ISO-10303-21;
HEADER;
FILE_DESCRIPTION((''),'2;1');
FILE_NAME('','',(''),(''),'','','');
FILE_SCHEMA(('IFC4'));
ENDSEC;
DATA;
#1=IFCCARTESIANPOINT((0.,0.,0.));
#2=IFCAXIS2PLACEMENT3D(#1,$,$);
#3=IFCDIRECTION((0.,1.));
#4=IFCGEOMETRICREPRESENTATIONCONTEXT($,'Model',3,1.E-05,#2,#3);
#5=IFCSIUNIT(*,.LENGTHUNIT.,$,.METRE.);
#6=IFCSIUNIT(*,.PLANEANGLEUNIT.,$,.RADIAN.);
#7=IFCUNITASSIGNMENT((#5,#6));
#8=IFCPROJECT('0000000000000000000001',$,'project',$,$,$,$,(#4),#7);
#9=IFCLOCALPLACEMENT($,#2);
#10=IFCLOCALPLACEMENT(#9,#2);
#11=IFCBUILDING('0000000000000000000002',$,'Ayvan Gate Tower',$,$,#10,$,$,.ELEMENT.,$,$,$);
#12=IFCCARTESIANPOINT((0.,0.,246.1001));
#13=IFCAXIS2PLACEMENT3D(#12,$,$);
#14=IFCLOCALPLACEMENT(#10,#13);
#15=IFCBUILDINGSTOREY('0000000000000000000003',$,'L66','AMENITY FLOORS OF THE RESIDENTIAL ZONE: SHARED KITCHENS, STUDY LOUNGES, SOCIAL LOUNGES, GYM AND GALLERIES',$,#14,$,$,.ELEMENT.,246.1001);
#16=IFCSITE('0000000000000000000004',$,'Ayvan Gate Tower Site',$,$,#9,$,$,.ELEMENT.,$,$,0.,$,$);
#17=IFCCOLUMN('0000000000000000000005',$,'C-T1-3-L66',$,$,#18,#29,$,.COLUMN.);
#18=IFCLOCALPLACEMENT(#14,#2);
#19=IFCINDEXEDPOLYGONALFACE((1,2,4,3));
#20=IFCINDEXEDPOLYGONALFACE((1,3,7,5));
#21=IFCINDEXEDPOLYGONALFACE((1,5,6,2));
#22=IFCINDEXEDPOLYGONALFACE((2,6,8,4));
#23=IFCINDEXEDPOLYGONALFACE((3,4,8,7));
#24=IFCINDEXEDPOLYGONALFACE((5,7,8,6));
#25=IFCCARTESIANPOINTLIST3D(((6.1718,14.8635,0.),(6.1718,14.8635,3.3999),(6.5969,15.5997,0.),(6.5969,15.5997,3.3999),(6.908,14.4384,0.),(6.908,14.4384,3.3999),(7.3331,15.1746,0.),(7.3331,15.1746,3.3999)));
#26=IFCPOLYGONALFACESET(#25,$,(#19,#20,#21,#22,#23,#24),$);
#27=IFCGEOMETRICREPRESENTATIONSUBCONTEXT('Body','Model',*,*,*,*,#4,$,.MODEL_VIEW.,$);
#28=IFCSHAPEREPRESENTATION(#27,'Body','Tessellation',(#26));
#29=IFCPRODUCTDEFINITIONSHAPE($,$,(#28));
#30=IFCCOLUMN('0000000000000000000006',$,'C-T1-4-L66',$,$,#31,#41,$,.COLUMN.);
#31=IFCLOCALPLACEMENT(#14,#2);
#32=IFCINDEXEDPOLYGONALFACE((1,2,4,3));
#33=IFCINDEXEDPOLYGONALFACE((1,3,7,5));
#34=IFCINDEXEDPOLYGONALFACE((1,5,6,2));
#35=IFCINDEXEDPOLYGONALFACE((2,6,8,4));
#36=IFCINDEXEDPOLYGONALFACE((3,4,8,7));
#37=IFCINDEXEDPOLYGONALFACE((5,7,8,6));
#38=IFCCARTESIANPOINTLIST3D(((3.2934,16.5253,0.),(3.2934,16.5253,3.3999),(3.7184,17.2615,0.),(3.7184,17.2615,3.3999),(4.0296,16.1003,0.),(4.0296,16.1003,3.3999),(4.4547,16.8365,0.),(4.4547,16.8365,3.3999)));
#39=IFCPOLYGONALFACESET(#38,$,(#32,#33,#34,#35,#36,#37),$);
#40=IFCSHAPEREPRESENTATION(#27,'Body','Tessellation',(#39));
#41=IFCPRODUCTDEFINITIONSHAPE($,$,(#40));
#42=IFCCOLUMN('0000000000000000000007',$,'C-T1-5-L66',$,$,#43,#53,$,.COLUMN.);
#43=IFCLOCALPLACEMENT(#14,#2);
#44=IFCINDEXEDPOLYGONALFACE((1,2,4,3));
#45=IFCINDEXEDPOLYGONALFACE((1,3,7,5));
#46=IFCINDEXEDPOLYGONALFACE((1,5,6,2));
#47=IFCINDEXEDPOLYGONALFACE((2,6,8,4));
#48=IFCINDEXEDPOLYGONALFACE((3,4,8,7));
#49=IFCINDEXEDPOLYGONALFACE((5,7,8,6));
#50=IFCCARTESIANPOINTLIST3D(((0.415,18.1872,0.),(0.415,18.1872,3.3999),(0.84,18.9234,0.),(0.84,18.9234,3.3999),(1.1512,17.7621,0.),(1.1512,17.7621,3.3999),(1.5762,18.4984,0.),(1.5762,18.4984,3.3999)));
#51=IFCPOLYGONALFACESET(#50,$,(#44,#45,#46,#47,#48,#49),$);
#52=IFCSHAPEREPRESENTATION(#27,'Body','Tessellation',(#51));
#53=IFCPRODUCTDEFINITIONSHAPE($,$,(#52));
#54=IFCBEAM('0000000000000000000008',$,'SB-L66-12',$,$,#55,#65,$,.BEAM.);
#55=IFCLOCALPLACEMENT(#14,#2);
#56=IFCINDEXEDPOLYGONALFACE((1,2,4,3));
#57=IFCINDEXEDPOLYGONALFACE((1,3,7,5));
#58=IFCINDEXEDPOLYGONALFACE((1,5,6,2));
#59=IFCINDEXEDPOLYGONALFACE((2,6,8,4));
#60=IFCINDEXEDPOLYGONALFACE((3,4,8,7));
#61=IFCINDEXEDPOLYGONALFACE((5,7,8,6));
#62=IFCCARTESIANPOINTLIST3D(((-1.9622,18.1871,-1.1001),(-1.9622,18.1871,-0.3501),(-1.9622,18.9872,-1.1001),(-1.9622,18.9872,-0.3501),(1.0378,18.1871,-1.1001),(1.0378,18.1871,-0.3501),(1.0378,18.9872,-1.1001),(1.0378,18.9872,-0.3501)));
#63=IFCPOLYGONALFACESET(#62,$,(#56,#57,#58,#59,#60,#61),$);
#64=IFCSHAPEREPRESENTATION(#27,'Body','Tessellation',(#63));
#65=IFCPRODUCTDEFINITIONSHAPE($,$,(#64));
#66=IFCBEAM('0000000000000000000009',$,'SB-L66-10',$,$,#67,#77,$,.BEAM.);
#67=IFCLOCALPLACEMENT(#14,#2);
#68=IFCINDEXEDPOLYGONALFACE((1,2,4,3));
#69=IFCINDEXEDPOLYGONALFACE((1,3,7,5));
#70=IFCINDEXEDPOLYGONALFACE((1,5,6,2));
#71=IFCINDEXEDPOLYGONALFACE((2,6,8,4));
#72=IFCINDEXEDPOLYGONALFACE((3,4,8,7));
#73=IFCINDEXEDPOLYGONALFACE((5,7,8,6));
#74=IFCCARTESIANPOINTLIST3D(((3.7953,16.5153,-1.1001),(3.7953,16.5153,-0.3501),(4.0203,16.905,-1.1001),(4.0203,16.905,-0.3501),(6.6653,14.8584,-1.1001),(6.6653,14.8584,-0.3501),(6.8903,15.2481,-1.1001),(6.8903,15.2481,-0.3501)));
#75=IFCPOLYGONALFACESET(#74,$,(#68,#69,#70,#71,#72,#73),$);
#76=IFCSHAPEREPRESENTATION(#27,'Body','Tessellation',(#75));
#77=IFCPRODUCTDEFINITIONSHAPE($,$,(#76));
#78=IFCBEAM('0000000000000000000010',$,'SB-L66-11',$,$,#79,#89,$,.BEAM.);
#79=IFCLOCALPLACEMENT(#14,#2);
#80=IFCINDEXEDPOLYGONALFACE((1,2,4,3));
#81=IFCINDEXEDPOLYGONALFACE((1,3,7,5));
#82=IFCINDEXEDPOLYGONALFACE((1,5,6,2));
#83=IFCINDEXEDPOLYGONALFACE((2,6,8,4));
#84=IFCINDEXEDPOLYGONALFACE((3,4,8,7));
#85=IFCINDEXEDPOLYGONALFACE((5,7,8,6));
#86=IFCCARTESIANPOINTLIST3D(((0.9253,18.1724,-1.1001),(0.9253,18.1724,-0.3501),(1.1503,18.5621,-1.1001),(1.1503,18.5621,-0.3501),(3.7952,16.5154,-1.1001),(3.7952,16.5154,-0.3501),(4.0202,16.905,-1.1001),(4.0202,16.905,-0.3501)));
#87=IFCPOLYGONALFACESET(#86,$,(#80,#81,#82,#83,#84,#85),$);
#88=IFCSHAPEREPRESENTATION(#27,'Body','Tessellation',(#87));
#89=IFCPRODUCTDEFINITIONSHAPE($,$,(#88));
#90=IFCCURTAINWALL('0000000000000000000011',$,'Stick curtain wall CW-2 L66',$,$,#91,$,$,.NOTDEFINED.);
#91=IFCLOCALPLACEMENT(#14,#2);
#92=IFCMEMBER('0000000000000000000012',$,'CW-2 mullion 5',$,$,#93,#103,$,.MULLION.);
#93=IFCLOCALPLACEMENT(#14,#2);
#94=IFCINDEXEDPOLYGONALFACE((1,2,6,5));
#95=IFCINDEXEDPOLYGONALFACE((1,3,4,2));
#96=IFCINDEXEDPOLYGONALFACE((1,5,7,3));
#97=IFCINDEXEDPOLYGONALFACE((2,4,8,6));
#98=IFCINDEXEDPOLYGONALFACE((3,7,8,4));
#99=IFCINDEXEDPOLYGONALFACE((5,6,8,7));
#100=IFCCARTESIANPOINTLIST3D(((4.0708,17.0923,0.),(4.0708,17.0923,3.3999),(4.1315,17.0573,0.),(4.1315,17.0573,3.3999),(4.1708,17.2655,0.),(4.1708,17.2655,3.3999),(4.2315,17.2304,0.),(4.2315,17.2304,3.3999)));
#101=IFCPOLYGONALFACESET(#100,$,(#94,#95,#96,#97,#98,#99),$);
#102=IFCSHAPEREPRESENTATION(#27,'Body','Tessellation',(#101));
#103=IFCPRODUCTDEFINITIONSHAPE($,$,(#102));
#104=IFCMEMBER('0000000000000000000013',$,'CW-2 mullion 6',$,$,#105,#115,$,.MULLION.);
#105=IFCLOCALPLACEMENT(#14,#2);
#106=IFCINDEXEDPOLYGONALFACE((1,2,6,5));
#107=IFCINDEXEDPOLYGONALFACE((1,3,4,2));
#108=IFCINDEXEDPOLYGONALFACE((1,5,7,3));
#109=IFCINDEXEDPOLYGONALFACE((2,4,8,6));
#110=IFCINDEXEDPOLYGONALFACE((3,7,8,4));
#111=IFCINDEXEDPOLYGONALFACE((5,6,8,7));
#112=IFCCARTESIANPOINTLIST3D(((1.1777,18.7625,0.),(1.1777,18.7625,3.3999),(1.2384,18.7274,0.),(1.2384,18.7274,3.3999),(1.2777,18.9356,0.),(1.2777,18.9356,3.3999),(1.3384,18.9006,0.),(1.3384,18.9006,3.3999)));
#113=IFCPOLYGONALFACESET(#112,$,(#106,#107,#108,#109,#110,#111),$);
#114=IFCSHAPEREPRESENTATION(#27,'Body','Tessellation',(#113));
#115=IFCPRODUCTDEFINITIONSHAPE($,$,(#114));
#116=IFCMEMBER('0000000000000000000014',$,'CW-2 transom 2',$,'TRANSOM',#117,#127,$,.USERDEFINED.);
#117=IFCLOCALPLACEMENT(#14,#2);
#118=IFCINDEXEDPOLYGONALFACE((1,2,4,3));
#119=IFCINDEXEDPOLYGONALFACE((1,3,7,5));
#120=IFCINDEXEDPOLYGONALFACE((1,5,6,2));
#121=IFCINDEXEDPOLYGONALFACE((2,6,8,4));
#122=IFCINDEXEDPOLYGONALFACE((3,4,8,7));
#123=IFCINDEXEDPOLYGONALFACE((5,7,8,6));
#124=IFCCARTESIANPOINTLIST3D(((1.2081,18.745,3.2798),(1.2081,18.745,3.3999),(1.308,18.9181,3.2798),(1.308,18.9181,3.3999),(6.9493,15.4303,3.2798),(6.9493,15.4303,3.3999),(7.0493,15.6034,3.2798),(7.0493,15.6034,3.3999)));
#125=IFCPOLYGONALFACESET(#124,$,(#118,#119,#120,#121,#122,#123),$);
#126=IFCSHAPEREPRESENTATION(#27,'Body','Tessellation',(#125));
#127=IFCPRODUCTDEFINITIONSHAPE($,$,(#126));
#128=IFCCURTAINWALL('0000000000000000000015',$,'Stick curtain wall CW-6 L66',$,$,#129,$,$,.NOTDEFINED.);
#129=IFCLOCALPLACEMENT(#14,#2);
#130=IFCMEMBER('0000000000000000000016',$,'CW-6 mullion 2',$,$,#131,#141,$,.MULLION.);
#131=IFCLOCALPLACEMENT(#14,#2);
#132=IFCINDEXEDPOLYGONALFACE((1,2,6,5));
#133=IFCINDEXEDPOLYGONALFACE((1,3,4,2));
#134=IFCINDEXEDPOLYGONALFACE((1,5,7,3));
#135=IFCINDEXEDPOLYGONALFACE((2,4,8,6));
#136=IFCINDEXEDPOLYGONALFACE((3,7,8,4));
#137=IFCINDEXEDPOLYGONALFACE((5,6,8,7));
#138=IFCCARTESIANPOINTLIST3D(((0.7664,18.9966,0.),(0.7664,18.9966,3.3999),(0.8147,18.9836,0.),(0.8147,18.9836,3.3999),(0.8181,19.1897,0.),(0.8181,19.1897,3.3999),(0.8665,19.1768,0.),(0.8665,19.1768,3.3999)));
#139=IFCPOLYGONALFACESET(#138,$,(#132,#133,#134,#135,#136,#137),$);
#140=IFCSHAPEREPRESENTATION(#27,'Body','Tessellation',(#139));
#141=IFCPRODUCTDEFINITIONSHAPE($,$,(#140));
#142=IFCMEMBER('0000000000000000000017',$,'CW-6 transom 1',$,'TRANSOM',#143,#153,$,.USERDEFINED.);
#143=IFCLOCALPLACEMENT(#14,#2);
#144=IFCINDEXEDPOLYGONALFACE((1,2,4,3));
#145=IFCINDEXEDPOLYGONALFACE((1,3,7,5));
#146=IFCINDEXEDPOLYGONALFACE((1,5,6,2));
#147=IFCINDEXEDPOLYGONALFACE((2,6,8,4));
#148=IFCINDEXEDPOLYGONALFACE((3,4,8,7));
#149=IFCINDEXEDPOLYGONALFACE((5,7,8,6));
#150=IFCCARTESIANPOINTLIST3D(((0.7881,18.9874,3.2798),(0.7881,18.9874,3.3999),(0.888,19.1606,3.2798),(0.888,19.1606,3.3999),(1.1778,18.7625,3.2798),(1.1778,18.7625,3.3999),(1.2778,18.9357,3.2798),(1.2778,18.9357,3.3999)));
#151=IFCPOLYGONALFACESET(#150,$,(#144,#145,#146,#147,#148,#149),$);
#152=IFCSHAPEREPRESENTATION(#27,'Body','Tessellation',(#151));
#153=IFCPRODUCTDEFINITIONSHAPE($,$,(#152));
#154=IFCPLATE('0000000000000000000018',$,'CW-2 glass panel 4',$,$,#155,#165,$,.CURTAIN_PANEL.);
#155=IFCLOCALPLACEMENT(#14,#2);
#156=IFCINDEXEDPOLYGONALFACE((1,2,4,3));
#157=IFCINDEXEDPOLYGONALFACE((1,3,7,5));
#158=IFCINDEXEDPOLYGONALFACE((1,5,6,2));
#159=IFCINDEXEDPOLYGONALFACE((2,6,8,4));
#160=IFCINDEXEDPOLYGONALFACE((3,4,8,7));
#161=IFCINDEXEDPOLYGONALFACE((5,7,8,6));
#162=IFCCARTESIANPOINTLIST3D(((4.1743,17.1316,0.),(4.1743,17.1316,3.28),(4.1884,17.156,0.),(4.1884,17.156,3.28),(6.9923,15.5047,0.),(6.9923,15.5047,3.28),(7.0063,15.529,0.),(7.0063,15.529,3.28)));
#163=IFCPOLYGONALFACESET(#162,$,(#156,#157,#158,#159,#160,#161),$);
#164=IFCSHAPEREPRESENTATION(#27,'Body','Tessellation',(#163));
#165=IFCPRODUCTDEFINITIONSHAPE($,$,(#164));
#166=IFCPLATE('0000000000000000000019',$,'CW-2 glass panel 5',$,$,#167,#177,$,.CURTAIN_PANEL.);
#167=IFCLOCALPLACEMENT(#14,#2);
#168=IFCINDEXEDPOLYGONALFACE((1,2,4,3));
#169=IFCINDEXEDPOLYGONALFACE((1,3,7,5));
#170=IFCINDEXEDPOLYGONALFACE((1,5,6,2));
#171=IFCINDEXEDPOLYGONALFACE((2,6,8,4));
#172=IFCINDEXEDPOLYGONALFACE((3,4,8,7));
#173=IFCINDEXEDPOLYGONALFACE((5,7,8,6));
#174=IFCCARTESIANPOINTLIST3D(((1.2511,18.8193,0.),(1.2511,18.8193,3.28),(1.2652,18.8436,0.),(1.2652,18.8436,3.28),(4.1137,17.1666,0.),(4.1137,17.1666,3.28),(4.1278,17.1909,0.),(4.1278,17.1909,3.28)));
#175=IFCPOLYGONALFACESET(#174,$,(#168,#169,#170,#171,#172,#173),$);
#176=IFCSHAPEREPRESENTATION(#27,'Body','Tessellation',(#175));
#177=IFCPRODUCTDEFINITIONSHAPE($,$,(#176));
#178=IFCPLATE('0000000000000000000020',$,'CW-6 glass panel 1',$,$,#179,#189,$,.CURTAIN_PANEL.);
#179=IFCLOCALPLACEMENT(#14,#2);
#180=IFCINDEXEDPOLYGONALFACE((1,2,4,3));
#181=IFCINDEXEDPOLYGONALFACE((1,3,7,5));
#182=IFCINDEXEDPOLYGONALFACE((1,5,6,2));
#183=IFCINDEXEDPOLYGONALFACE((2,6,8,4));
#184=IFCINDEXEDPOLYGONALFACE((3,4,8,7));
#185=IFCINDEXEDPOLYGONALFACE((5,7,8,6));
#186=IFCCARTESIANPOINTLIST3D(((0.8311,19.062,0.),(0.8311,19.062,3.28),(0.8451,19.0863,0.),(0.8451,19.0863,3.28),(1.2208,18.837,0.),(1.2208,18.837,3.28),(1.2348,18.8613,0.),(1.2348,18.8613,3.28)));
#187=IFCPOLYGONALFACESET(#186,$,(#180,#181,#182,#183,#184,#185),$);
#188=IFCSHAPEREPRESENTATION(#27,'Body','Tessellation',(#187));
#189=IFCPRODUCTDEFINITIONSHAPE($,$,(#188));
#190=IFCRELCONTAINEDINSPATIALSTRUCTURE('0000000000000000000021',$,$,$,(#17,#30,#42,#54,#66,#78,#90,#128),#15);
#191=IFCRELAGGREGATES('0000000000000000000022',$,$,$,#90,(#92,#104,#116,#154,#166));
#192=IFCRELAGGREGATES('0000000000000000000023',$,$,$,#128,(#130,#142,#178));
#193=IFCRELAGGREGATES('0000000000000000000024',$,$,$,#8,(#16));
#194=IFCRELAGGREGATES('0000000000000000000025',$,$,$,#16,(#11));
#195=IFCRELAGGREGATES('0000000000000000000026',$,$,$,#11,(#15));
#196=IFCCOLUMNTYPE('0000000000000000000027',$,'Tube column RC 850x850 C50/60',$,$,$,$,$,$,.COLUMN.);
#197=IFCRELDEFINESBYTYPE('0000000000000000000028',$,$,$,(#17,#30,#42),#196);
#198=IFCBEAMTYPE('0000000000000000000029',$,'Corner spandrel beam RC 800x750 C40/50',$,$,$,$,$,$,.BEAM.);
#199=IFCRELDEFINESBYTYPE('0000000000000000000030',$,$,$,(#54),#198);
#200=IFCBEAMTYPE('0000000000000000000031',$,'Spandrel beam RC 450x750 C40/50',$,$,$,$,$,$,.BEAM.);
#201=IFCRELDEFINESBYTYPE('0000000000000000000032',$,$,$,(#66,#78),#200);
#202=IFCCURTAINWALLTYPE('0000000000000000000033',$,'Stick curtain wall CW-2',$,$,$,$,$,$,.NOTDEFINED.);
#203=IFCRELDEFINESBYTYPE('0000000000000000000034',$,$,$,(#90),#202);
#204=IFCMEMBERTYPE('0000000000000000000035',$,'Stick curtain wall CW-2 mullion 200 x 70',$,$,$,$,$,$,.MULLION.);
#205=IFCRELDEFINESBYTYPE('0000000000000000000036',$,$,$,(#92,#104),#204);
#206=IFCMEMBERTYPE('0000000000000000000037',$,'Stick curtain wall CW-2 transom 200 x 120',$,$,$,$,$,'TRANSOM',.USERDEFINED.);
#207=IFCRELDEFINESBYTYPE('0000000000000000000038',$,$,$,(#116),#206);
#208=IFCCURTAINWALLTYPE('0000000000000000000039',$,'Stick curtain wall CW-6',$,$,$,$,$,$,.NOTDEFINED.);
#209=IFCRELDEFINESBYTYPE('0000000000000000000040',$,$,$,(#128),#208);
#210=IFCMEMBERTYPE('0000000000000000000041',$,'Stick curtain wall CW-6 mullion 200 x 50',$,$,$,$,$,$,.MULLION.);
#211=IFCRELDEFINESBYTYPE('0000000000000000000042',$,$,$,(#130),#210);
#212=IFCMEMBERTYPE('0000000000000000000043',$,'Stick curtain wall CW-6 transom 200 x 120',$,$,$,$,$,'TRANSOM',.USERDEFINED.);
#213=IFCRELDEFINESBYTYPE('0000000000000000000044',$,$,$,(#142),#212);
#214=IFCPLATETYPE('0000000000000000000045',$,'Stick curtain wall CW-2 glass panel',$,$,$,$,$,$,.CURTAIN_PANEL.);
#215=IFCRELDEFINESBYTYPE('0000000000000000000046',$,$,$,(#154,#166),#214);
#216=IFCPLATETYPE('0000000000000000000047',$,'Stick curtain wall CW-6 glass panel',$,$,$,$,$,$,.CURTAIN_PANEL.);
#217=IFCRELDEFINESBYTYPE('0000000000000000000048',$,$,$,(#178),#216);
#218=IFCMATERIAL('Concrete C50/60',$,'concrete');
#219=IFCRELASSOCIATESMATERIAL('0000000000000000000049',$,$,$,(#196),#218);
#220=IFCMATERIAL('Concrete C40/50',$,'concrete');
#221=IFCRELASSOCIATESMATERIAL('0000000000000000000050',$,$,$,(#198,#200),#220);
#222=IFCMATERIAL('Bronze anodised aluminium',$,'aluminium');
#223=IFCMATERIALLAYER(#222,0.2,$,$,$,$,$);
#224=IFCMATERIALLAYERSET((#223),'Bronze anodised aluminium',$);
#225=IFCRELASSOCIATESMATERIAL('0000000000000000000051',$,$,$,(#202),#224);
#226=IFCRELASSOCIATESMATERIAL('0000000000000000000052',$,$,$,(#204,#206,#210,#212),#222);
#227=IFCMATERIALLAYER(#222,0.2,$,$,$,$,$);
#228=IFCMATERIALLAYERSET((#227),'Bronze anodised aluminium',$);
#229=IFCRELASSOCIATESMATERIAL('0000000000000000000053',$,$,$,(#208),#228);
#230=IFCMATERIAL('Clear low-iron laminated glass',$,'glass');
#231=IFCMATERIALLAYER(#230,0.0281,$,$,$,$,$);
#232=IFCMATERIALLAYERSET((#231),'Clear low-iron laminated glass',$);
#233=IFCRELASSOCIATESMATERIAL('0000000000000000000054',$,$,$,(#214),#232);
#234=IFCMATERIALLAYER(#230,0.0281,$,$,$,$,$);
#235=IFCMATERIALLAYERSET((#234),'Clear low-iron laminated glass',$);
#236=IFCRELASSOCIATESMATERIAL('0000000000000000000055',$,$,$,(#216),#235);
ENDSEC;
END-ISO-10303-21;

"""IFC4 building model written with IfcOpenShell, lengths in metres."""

from ifc_helpers import new_model, si_unit, direction, frame, origin, origin_2d, place, context, subcontext, project, spatial, rectangle, extrude, material, layer, layer_set, material_profile, profile_set, type_object, element, aggregate, save


model = new_model("IFC4")

# Units and contexts
model_context = context("Model", 3, precision=1e-05, world=origin(), true_north=direction((0.0, 1.0)))
body_context = subcontext(model_context, "Body", "Model", "MODEL_VIEW")
ifc_project = project(units=[si_unit("LENGTHUNIT", "METRE"), si_unit("PLANEANGLEUNIT", "RADIAN")], contexts=[model_context])

# Site, building, storey
site_placement = place(None, origin())
site = spatial("IfcSite", under=ifc_project, at=site_placement, Name="Ayvan Gate Tower Site", CompositionType="ELEMENT", RefElevation=0.0)
building_placement = place(site_placement, origin())
building = spatial("IfcBuilding", under=site, at=building_placement, Name="Ayvan Gate Tower", CompositionType="ELEMENT")
storey_placement = place(building_placement, frame((0.0, 0.0, 246.1001)))
storey = spatial("IfcBuildingStorey", under=building, at=storey_placement, Name="L66", Description="AMENITY FLOORS OF THE RESIDENTIAL ZONE: SHARED KITCHENS, STUDY LOUNGES, SOCIAL LOUNGES, GYM AND GALLERIES", CompositionType="ELEMENT", Elevation=246.1001)

# Columns
ifc_material_1 = material(Name="Concrete C50/60", Category="concrete")
ifc_material_profile_1 = material_profile(ifc_material_1, rectangle(XDim=0.8501, YDim=0.8501, at=origin_2d()), Name="RC 850x850")
ifc_profile_set_1 = profile_set([ifc_material_profile_1], Name="Concrete C50/60")
column_type = type_object("IfcColumnType", Name="Tube column RC 850x850 C50/60", PredefinedType="COLUMN", material=ifc_profile_set_1)
for number, where, z_axis, x_axis, name in (
    (1, (6.7524, 15.019, 0.0), (0.0, 0.0, 1.0), (0.5, 0.866025, 0.0), "C-T1-3-L66"),
    (2, (3.874, 16.6809, 0.0), (0.0, 0.0, 1.0), (0.5, 0.866025, 0.0), "C-T1-4-L66"),
    (3, (0.9956, 18.3428, 0.0), (0.0, 0.0, 1.0), (0.5, 0.866025, 0.0), "C-T1-5-L66"),
):
    element("IfcColumn", number, at=place(storey_placement, frame(where, z_axis=z_axis, x_axis=x_axis)), inside=storey, type_object=column_type, Name=name, PredefinedType="COLUMN", context=body_context, shape_type="SweptSolid", body=[
        extrude(rectangle(XDim=0.8501, YDim=0.8501, at=origin_2d()), origin(), (0.0, 0.0, 1.0), 3.3999),
    ])

# Beams
ifc_material_2 = material(Name="Concrete C40/50", Category="concrete")
ifc_material_profile_2 = material_profile(ifc_material_2, rectangle(XDim=0.8, YDim=0.75, at=origin_2d()), Name="RC 800x750")
ifc_profile_set_2 = profile_set([ifc_material_profile_2], Name="Concrete C40/50")
beam_type_1 = type_object("IfcBeamType", Name="Corner spandrel beam RC 800x750 C40/50", PredefinedType="BEAM", material=ifc_profile_set_2)
beam_placement = place(storey_placement, frame((1.0378, 18.5872, -0.7251), z_axis=(-1.0, 0.0, 0.0), x_axis=(0.0, -1.0, 0.0)))
element("IfcBeam", 4, at=beam_placement, inside=storey, type_object=beam_type_1, Name="SB-L66-12", PredefinedType="BEAM", context=body_context, shape_type="SweptSolid", body=[
    extrude(rectangle(XDim=0.8, YDim=0.75, at=origin_2d()), origin(), (0.0, 0.0, 1.0), 3.0),
])
ifc_material_profile_3 = material_profile(ifc_material_2, rectangle(XDim=0.45, YDim=0.75, at=origin_2d()), Name="RC 450x750")
ifc_profile_set_3 = profile_set([ifc_material_profile_3], Name="Concrete C40/50")
beam_type_2 = type_object("IfcBeamType", Name="Spandrel beam RC 450x750 C40/50", PredefinedType="BEAM", material=ifc_profile_set_3)
for number, where, z_axis, x_axis, name in (
    (5, (6.7778, 15.0532, -0.7251), (-0.866036, 0.499982, 0.0), (-0.499982, -0.866036, 0.0), "SB-L66-10"),
    (6, (3.9077, 16.7102, -0.7251), (-0.866018, 0.500014, 0.0), (-0.500014, -0.866018, 0.0), "SB-L66-11"),
):
    element("IfcBeam", number, at=place(storey_placement, frame(where, z_axis=z_axis, x_axis=x_axis)), inside=storey, type_object=beam_type_2, Name=name, PredefinedType="BEAM", context=body_context, shape_type="SweptSolid", body=[
        extrude(rectangle(XDim=0.45, YDim=0.75, at=origin_2d()), origin(), (0.0, 0.0, 1.0), 3.314),
    ])

# Curtain walls, members
ifc_material_3 = material(Name="Bronze anodised aluminium", Category="aluminium")
ifc_layer_1 = layer(ifc_material_3, 0.2)
ifc_layer_set_1 = layer_set([ifc_layer_1], Name="Bronze anodised aluminium")
curtain_wall_type_1 = type_object("IfcCurtainWallType", Name="Stick curtain wall CW-2", PredefinedType="NOTDEFINED", material=ifc_layer_set_1)
curtain_wall_1_placement = place(storey_placement, origin())
curtain_wall_1 = element("IfcCurtainWall", 7, at=curtain_wall_1_placement, inside=storey, type_object=curtain_wall_type_1, Name="Stick curtain wall CW-2 L66", PredefinedType="NOTDEFINED")
ifc_material_profile_4 = material_profile(ifc_material_3, rectangle(XDim=0.2, YDim=0.0701, at=origin_2d()), Name="Stick curtain wall CW-2 mullion 200 x 70")
ifc_profile_set_4 = profile_set([ifc_material_profile_4], Name="Bronze anodised aluminium")
member_type_1 = type_object("IfcMemberType", Name="Stick curtain wall CW-2 mullion 200 x 70", PredefinedType="MULLION", material=ifc_profile_set_4)
member_1_placement = place(storey_placement, frame((4.1511, 17.1614, 0.0), z_axis=(0.0, 0.0, 1.0), x_axis=(0.5, 0.866025, 0.0)))
member_1 = element("IfcMember", 8, at=member_1_placement, type_object=member_type_1, Name="CW-2 mullion 5", PredefinedType="MULLION", context=body_context, shape_type="SweptSolid", body=[
    extrude(rectangle(XDim=0.2, YDim=0.0701, at=origin_2d()), origin(), (0.0, 0.0, 1.0), 3.3999),
])
member_2_placement = place(storey_placement, frame((1.2581, 18.8315, 0.0), z_axis=(0.0, 0.0, 1.0), x_axis=(0.5, 0.866025, 0.0)))
member_2 = element("IfcMember", 9, at=member_2_placement, type_object=member_type_1, Name="CW-2 mullion 6", PredefinedType="MULLION", context=body_context, shape_type="SweptSolid", body=[
    extrude(rectangle(XDim=0.2, YDim=0.0701, at=origin_2d()), origin(), (0.0, 0.0, 1.0), 3.3999),
])
ifc_material_profile_5 = material_profile(ifc_material_3, rectangle(XDim=0.2, YDim=0.1201, at=origin_2d()), Name="Stick curtain wall CW-2 transom 200 x 120")
ifc_profile_set_5 = profile_set([ifc_material_profile_5], Name="Bronze anodised aluminium")
member_type_2 = type_object("IfcMemberType", Name="Stick curtain wall CW-2 transom 200 x 120", ElementType="TRANSOM", PredefinedType="USERDEFINED", material=ifc_profile_set_5)
member_3_placement = place(storey_placement, frame((6.9993, 15.5168, 3.3398), z_axis=(-0.866025, 0.500001, 0.0), x_axis=(-0.500001, -0.866025, 0.0)))
member_3 = element("IfcMember", 10, at=member_3_placement, type_object=member_type_2, Name="CW-2 transom 2", ObjectType="TRANSOM", PredefinedType="USERDEFINED", context=body_context, shape_type="SweptSolid", body=[
    extrude(rectangle(XDim=0.2, YDim=0.1201, at=origin_2d()), origin(), (0.0, 0.0, 1.0), 6.6294),
])
ifc_layer_2 = layer(ifc_material_3, 0.2)
ifc_layer_set_2 = layer_set([ifc_layer_2], Name="Bronze anodised aluminium")
curtain_wall_type_2 = type_object("IfcCurtainWallType", Name="Stick curtain wall CW-6", PredefinedType="NOTDEFINED", material=ifc_layer_set_2)
curtain_wall_2_placement = place(storey_placement, origin())
curtain_wall_2 = element("IfcCurtainWall", 11, at=curtain_wall_2_placement, inside=storey, type_object=curtain_wall_type_2, Name="Stick curtain wall CW-6 L66", PredefinedType="NOTDEFINED")
ifc_material_profile_6 = material_profile(ifc_material_3, rectangle(XDim=0.2, YDim=0.05, at=origin_2d()), Name="Stick curtain wall CW-6 mullion 200 x 50")
ifc_profile_set_6 = profile_set([ifc_material_profile_6], Name="Bronze anodised aluminium")
member_type_3 = type_object("IfcMemberType", Name="Stick curtain wall CW-6 mullion 200 x 50", PredefinedType="MULLION", material=ifc_profile_set_6)
member_4_placement = place(storey_placement, frame((0.8164, 19.0867, 0.0), z_axis=(0.0, 0.0, 1.0), x_axis=(0.258819, 0.965926, 0.0)))
member_4 = element("IfcMember", 12, at=member_4_placement, type_object=member_type_3, Name="CW-6 mullion 2", PredefinedType="MULLION", context=body_context, shape_type="SweptSolid", body=[
    extrude(rectangle(XDim=0.2, YDim=0.05, at=origin_2d()), origin(), (0.0, 0.0, 1.0), 3.3999),
])
ifc_material_profile_7 = material_profile(ifc_material_3, rectangle(XDim=0.2, YDim=0.1201, at=origin_2d()), Name="Stick curtain wall CW-6 transom 200 x 120")
ifc_profile_set_7 = profile_set([ifc_material_profile_7], Name="Bronze anodised aluminium")
member_type_4 = type_object("IfcMemberType", Name="Stick curtain wall CW-6 transom 200 x 120", ElementType="TRANSOM", PredefinedType="USERDEFINED", material=ifc_profile_set_7)
member_5_placement = place(storey_placement, frame((1.2278, 18.8491, 3.3398), z_axis=(-0.866131, 0.499816, 0.0), x_axis=(-0.499816, -0.866131, 0.0)))
member_5 = element("IfcMember", 13, at=member_5_placement, type_object=member_type_4, Name="CW-6 transom 1", ObjectType="TRANSOM", PredefinedType="USERDEFINED", context=body_context, shape_type="SweptSolid", body=[
    extrude(rectangle(XDim=0.2, YDim=0.1201, at=origin_2d()), origin(), (0.0, 0.0, 1.0), 0.45),
])

# Plates
ifc_material_4 = material(Name="Clear low-iron laminated glass", Category="glass")
ifc_layer_3 = layer(ifc_material_4, 0.0281)
ifc_layer_set_3 = layer_set([ifc_layer_3], Name="Clear low-iron laminated glass")
plate_type_1 = type_object("IfcPlateType", Name="Stick curtain wall CW-2 glass panel", PredefinedType="CURTAIN_PANEL", material=ifc_layer_set_3)
plate_1_placement = place(storey_placement, frame((5.5903, 16.3303, 0.0), z_axis=(0.0, 0.0, 1.0), x_axis=(-0.866025, 0.5, 0.0)))
plate_1 = element("IfcPlate", 14, at=plate_1_placement, type_object=plate_type_1, Name="CW-2 glass panel 4", PredefinedType="CURTAIN_PANEL", context=body_context, shape_type="SweptSolid", body=[
    extrude(rectangle(XDim=3.2539, YDim=0.0281, at=origin_2d()), origin(), (0.0, 0.0, 1.0), 3.28),
])
plate_2_placement = place(storey_placement, frame((2.6895, 18.0051, 0.0), z_axis=(0.0, 0.0, 1.0), x_axis=(-0.866025, 0.5, 0.0)))
plate_2 = element("IfcPlate", 15, at=plate_2_placement, type_object=plate_type_1, Name="CW-2 glass panel 5", PredefinedType="CURTAIN_PANEL", context=body_context, shape_type="SweptSolid", body=[
    extrude(rectangle(XDim=3.3054, YDim=0.0281, at=origin_2d()), origin(), (0.0, 0.0, 1.0), 3.28),
])
aggregate(curtain_wall_1, [member_1, member_2, member_3, plate_1, plate_2])
ifc_layer_4 = layer(ifc_material_4, 0.0281)
ifc_layer_set_4 = layer_set([ifc_layer_4], Name="Clear low-iron laminated glass")
plate_type_2 = type_object("IfcPlateType", Name="Stick curtain wall CW-6 glass panel", PredefinedType="CURTAIN_PANEL", material=ifc_layer_set_4)
plate_3_placement = place(storey_placement, frame((1.033, 18.9617, 0.0), z_axis=(0.0, 0.0, 1.0), x_axis=(-0.866025, 0.5, 0.0)))
plate_3 = element("IfcPlate", 16, at=plate_3_placement, type_object=plate_type_2, Name="CW-6 glass panel 1", PredefinedType="CURTAIN_PANEL", context=body_context, shape_type="SweptSolid", body=[
    extrude(rectangle(XDim=0.45, YDim=0.0281, at=origin_2d()), origin(), (0.0, 0.0, 1.0), 3.28),
])
aggregate(curtain_wall_2, [member_4, member_5, plate_3])

save(model, "model.ifc")
